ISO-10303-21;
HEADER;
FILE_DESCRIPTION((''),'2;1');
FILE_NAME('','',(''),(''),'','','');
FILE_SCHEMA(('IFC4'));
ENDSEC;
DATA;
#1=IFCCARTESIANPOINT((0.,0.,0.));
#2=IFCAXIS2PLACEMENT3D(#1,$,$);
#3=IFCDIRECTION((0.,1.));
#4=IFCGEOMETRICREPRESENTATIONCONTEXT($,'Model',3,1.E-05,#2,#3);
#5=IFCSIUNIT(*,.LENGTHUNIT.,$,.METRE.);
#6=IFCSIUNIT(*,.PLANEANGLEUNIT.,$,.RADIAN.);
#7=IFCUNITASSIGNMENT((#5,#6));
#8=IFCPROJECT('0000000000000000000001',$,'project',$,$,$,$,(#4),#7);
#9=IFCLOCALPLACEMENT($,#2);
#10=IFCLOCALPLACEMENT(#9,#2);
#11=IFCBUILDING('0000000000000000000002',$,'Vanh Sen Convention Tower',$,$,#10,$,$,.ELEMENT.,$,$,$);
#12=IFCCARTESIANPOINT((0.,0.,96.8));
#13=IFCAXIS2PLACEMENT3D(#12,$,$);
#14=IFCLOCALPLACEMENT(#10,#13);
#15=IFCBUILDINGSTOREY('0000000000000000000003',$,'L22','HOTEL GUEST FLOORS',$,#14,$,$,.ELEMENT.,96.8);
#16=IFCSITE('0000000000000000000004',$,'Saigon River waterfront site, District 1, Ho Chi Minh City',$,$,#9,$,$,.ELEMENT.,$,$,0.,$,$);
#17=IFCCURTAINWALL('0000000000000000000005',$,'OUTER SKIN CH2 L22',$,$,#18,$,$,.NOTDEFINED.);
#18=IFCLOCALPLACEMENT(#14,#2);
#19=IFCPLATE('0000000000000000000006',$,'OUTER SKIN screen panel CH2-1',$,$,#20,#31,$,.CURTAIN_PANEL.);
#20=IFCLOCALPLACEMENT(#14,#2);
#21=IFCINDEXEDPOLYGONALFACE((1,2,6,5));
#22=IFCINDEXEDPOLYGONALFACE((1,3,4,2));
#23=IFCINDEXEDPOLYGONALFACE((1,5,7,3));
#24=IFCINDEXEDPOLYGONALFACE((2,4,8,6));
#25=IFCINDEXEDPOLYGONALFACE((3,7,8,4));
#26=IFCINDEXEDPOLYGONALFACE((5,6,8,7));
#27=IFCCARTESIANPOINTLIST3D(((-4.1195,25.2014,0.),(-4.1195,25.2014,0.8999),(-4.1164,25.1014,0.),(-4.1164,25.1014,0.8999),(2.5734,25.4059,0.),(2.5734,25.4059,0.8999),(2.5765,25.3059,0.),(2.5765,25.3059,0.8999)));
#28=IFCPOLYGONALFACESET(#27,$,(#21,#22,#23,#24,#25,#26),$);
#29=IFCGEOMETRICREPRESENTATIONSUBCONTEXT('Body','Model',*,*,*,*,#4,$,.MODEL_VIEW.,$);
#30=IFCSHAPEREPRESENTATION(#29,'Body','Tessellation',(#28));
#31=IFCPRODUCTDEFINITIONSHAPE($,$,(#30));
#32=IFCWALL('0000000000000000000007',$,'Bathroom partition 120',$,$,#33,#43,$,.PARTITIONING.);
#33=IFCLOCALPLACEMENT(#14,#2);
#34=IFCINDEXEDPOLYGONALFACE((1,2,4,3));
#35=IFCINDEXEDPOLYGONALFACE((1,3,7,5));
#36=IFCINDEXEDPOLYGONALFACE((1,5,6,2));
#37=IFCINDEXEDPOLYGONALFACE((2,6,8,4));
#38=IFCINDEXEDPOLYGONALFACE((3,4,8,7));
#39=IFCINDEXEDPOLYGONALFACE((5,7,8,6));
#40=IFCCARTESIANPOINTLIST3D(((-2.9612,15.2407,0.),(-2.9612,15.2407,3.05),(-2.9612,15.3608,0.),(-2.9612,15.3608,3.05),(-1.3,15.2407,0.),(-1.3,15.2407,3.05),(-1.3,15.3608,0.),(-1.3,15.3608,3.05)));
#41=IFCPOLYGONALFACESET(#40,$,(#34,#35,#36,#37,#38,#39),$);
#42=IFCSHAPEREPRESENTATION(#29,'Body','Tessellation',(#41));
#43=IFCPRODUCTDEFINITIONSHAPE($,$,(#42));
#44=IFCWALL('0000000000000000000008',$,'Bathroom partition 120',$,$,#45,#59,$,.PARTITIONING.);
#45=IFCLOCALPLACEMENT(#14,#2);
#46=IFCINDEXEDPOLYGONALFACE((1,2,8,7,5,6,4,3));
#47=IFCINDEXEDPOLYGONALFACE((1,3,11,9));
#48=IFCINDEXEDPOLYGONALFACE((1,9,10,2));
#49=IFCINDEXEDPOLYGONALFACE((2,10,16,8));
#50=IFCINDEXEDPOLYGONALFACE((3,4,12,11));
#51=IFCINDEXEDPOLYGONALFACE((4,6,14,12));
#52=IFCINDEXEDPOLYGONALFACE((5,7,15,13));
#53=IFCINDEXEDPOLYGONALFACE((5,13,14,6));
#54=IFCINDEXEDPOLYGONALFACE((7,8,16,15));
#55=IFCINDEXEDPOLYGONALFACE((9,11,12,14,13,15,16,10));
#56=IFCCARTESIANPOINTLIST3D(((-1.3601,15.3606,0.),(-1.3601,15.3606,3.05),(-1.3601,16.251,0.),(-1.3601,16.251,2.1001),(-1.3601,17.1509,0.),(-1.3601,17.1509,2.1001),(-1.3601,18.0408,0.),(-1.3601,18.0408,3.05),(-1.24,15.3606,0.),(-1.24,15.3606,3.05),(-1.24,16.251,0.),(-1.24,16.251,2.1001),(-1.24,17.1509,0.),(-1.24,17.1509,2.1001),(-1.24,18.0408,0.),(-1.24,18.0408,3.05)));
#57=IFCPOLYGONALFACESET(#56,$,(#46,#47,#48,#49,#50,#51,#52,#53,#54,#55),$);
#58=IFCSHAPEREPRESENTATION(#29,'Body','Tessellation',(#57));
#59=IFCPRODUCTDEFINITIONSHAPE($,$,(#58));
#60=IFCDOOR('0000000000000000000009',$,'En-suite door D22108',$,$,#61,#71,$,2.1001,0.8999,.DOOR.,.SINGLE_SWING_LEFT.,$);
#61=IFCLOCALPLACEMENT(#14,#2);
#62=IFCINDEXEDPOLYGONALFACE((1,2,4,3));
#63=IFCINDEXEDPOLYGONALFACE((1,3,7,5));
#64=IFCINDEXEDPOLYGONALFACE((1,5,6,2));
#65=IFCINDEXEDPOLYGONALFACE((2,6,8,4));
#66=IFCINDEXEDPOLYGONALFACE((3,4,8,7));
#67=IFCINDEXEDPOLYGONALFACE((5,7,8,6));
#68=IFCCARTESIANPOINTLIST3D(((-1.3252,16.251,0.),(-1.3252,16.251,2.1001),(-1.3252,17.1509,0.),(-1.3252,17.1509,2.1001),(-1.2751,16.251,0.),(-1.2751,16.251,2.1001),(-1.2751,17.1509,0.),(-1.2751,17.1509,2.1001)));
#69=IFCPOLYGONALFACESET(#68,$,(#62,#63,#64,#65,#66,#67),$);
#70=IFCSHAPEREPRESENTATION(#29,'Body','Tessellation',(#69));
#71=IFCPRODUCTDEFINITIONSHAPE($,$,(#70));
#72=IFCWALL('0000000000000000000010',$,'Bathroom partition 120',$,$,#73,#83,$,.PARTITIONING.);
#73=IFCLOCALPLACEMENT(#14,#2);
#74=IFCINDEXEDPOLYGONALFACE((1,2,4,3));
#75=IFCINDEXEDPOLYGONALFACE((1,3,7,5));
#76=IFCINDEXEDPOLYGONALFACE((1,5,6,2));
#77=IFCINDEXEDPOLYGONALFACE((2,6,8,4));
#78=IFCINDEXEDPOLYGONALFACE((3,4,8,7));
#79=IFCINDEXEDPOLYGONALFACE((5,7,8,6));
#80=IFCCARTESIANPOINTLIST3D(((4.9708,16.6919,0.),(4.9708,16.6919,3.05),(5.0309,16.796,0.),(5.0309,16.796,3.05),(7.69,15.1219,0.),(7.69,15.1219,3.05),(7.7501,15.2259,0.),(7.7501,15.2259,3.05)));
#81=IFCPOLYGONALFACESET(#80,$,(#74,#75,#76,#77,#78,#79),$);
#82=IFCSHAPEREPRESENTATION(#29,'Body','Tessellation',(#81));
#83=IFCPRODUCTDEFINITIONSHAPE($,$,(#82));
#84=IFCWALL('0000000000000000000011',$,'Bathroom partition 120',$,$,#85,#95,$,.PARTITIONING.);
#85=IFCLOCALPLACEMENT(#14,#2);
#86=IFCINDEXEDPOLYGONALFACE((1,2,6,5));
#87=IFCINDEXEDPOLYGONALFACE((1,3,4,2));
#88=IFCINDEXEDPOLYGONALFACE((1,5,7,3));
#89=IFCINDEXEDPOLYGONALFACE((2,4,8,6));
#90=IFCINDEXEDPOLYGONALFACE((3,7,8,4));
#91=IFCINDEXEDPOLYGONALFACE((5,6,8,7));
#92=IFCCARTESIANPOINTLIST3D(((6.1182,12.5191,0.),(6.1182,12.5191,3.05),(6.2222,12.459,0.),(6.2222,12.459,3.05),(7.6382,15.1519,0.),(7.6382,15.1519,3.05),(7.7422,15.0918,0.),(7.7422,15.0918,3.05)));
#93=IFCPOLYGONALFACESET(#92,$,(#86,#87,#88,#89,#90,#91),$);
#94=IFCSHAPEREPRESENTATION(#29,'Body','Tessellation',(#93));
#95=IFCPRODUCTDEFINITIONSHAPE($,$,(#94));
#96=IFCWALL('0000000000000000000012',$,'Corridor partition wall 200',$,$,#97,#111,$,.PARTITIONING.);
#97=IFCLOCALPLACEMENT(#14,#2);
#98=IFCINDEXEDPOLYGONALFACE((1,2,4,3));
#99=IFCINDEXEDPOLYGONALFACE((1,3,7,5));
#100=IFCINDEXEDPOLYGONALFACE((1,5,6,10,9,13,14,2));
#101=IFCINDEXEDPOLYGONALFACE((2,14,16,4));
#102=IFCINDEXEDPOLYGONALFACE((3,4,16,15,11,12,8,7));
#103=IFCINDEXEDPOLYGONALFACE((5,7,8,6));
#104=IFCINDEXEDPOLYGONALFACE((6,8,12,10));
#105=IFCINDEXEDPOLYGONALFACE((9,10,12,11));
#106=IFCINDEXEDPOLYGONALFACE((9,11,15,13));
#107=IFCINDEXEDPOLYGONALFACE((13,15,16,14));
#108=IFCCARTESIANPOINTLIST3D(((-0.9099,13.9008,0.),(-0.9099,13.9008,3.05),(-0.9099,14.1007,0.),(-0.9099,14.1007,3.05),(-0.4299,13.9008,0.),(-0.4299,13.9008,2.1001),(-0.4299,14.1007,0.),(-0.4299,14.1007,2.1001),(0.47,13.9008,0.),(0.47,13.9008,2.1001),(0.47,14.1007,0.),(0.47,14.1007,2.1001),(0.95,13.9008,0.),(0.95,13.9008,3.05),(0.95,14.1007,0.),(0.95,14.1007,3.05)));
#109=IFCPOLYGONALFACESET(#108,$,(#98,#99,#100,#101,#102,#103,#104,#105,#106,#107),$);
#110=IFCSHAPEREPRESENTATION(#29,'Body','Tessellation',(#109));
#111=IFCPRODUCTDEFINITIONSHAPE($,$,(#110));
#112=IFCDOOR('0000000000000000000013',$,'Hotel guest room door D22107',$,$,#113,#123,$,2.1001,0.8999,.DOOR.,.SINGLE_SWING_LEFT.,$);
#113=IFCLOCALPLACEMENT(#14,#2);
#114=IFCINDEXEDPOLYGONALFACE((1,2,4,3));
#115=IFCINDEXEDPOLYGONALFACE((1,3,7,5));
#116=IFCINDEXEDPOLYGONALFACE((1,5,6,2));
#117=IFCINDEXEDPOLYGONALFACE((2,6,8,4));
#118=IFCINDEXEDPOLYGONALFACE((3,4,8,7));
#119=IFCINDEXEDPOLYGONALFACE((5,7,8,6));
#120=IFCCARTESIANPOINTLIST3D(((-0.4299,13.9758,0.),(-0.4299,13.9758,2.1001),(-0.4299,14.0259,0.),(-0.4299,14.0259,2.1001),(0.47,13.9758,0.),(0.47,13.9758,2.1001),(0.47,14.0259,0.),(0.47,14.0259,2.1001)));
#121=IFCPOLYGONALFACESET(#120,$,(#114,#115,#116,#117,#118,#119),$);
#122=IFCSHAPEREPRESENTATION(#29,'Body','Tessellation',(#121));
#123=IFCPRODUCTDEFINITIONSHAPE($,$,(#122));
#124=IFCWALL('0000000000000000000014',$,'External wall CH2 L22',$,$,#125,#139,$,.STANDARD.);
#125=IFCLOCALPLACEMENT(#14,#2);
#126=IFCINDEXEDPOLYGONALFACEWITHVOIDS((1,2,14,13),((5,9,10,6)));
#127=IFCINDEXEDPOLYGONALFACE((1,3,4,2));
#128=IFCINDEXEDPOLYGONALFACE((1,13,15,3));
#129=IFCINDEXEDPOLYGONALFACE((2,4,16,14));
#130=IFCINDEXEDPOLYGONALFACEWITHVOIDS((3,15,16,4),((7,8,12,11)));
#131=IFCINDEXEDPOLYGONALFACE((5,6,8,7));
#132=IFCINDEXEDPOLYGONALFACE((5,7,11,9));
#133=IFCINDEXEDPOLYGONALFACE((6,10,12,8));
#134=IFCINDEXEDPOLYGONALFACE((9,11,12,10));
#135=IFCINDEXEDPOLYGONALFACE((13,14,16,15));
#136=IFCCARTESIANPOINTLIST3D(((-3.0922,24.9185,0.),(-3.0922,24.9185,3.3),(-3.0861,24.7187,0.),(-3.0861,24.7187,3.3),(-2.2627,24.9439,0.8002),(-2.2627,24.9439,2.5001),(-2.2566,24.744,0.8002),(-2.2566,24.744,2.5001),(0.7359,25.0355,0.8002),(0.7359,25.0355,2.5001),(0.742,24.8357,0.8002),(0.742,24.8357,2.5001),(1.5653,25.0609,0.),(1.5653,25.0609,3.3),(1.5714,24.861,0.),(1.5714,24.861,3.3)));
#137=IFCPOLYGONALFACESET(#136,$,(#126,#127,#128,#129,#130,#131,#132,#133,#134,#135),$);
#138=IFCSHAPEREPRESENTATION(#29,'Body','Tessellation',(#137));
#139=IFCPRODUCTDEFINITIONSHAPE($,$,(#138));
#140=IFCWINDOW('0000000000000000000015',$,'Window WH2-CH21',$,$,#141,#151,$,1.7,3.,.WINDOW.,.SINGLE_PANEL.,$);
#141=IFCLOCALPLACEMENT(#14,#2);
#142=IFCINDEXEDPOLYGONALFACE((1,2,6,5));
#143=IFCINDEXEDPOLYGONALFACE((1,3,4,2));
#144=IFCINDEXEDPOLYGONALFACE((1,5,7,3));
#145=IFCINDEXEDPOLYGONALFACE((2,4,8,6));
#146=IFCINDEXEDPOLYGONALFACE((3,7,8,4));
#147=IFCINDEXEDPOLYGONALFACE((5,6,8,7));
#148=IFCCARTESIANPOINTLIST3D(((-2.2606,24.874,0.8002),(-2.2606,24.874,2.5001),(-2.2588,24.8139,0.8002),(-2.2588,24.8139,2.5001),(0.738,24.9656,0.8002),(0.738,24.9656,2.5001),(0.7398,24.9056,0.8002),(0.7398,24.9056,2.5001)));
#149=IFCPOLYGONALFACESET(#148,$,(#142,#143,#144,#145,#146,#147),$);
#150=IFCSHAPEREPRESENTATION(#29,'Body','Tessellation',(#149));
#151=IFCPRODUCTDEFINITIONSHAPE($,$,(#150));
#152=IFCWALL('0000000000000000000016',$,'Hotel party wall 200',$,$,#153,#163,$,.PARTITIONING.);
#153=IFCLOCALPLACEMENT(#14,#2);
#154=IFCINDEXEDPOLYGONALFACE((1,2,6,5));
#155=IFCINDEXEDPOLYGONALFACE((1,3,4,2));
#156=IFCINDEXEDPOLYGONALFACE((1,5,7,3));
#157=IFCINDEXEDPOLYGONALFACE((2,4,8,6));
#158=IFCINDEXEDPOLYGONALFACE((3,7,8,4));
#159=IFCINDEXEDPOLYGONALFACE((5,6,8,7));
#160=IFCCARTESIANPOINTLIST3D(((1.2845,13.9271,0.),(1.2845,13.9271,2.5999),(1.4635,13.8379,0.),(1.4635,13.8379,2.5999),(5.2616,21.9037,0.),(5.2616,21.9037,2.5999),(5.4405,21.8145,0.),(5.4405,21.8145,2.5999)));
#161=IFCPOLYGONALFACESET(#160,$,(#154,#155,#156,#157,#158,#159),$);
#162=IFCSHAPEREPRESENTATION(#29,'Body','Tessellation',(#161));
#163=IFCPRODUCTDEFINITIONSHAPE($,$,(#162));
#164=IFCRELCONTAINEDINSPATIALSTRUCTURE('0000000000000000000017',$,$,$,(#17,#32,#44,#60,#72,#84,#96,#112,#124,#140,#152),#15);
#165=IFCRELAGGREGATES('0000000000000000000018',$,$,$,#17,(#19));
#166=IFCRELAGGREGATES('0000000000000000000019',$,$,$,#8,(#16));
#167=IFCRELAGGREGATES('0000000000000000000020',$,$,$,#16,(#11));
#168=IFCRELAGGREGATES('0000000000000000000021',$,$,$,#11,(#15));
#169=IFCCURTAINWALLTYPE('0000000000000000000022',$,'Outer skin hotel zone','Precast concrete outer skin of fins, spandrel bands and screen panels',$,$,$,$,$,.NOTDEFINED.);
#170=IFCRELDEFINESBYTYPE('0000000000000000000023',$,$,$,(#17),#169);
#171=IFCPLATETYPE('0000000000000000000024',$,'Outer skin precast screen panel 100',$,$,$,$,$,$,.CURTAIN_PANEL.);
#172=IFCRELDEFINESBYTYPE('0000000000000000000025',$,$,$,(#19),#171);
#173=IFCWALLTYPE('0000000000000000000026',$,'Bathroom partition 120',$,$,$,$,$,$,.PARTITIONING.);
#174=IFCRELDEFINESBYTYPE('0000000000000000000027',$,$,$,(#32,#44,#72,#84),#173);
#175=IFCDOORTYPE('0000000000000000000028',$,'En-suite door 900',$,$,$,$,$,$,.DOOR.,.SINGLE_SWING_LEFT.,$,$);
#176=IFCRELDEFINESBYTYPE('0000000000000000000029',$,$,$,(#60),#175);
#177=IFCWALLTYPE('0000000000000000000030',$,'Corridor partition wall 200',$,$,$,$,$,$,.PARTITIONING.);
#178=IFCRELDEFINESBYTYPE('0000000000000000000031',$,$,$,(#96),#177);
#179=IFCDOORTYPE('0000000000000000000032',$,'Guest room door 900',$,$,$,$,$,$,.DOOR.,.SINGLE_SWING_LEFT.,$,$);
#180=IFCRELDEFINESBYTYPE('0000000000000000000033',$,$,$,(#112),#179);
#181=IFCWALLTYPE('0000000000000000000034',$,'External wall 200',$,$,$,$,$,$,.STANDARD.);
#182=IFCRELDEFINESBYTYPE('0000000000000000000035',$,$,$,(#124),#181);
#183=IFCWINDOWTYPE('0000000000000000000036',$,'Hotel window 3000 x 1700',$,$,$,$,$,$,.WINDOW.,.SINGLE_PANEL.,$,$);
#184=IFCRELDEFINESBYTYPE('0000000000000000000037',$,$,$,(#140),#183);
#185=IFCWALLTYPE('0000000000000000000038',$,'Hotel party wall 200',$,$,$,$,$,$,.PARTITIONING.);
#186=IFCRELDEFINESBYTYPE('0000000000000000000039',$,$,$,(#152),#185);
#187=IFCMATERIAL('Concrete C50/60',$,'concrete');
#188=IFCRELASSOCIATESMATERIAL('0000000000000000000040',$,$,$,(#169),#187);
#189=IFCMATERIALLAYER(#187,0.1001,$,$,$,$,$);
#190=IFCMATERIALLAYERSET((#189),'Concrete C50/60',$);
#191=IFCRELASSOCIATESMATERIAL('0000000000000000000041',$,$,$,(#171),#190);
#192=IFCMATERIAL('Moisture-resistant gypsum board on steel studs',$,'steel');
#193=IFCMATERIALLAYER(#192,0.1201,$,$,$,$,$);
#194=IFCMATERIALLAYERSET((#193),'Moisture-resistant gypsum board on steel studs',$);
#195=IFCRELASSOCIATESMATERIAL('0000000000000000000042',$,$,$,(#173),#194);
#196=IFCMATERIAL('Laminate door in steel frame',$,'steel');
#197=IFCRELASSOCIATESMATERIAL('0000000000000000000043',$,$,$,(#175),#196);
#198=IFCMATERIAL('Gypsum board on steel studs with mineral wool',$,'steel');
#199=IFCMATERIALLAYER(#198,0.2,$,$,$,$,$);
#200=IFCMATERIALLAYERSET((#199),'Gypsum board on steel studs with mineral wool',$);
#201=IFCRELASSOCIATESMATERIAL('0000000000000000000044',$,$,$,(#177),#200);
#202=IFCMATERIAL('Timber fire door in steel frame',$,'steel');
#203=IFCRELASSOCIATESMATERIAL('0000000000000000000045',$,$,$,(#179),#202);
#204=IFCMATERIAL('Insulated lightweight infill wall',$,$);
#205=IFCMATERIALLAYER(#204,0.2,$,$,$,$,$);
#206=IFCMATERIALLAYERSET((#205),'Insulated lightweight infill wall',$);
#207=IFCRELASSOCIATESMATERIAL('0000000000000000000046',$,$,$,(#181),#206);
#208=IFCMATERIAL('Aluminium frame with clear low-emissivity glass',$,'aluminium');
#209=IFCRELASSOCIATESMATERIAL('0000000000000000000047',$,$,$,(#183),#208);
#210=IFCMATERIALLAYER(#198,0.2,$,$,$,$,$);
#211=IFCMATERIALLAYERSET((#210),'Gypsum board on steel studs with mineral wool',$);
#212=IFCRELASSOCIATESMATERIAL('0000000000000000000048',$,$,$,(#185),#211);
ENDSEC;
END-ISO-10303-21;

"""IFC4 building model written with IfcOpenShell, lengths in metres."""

from ifc_helpers import new_model, si_unit, direction, frame, frame_2d, origin, origin_2d, place, context, subcontext, project, spatial, rectangle, extrude, material, layer, layer_set, type_object, element, fill, aggregate, save


model = new_model("IFC4")

# Units and contexts
model_context = context("Model", 3, precision=1e-05, world=origin(), true_north=direction((0.0, 1.0)))
body_context = subcontext(model_context, "Body", "Model", "MODEL_VIEW")
ifc_project = project(units=[si_unit("LENGTHUNIT", "METRE"), si_unit("PLANEANGLEUNIT", "RADIAN")], contexts=[model_context])

# Site, building, storey
site_placement = place(None, origin())
site = spatial("IfcSite", under=ifc_project, at=site_placement, Name="Saigon River waterfront site, District 1, Ho Chi Minh City", CompositionType="ELEMENT", RefElevation=0.0)
building_placement = place(site_placement, origin())
building = spatial("IfcBuilding", under=site, at=building_placement, Name="Vanh Sen Convention Tower", CompositionType="ELEMENT")
storey_placement = place(building_placement, frame((0.0, 0.0, 96.8)))
storey = spatial("IfcBuildingStorey", under=building, at=storey_placement, Name="L22", Description="HOTEL GUEST FLOORS", CompositionType="ELEMENT", Elevation=96.8)

# Shared definitions
ifc_material_1 = material(Name="Concrete C50/60", Category="concrete")
curtain_wall_type = type_object("IfcCurtainWallType", Name="Outer skin hotel zone", Description="Precast concrete outer skin of fins, spandrel bands and screen panels", PredefinedType="NOTDEFINED", material=ifc_material_1)

# Curtain wall
curtain_wall_1_placement = place(storey_placement, origin())
curtain_wall_1 = element("IfcCurtainWall", 1, at=curtain_wall_1_placement, inside=storey, type_object=curtain_wall_type, Name="OUTER SKIN CH2 L22", PredefinedType="NOTDEFINED")

# Plate
ifc_layer_1 = layer(ifc_material_1, 0.1001)
ifc_layer_set_1 = layer_set([ifc_layer_1], Name="Concrete C50/60")
plate_type = type_object("IfcPlateType", Name="Outer skin precast screen panel 100", PredefinedType="CURTAIN_PANEL", material=ifc_layer_set_1)
plate_1_placement = place(storey_placement, frame((-0.7715, 25.2537, 0.0), z_axis=(0.0, 0.0, 1.0), x_axis=(-0.999534, -0.030537, 0.0)))
plate_1 = element("IfcPlate", 2, at=plate_1_placement, type_object=plate_type, Name="OUTER SKIN screen panel CH2-1", PredefinedType="CURTAIN_PANEL", context=body_context, shape_type="SweptSolid", body=[
    extrude(rectangle(XDim=6.696, YDim=0.1001, at=origin_2d()), origin(), (0.0, 0.0, 1.0), 0.8999),
])
aggregate(curtain_wall_1, [plate_1])

# Wall
ifc_material_2 = material(Name="Moisture-resistant gypsum board on steel studs", Category="steel")
ifc_layer_2 = layer(ifc_material_2, 0.1201)
ifc_layer_set_2 = layer_set([ifc_layer_2], Name="Moisture-resistant gypsum board on steel studs")
wall_type_1 = type_object("IfcWallType", Name="Bathroom partition 120", PredefinedType="PARTITIONING", material=ifc_layer_set_2)
wall_1_placement = place(storey_placement, frame((-1.3, 15.3008, 0.0), z_axis=(0.0, 0.0, 1.0), x_axis=(-1.0, 0.0, 0.0)))
element("IfcWall", 3, at=wall_1_placement, inside=storey, type_object=wall_type_1, Name="Bathroom partition 120", PredefinedType="PARTITIONING", context=body_context, shape_type="SweptSolid", body=[
    extrude(rectangle(XDim=1.6611, YDim=0.1201, at=frame_2d((0.8306, 0.0))), origin(), (0.0, 0.0, 1.0), 3.05),
])

# Wall, opening, door
wall_2_placement = place(storey_placement, frame((-1.3, 18.0408, 0.0), z_axis=(0.0, 0.0, 1.0), x_axis=(0.0, -1.0, 0.0)))
wall_2 = element("IfcWall", 4, at=wall_2_placement, inside=storey, type_object=wall_type_1, Name="Bathroom partition 120", PredefinedType="PARTITIONING", context=body_context, shape_type="SweptSolid", body=[
    extrude(rectangle(XDim=2.6802, YDim=0.1201, at=frame_2d((1.3401, 0.0))), origin(), (0.0, 0.0, 1.0), 3.05),
])
opening_1_placement = place(wall_2_placement, frame((0.8899, 0.0, 0.0)))
opening_1 = element("IfcOpeningElement", 5, at=opening_1_placement, cuts=wall_2, PredefinedType="OPENING", context=body_context, shape_type="SweptSolid", body=[
    extrude(rectangle(XDim=0.8999, YDim=2.1001, at=frame_2d((0.45, 1.05))), frame((0.0, 0.0701, 0.0), z_axis=(0.0, -1.0, 0.0), x_axis=(1.0, 0.0, 0.0)), (0.0, 0.0, 1.0), 0.1401),
])
ifc_material_3 = material(Name="Laminate door in steel frame", Category="steel")
door_type_1 = type_object("IfcDoorType", Name="En-suite door 900", OperationType="SINGLE_SWING_LEFT", PredefinedType="DOOR", material=ifc_material_3)
door_1_placement = place(opening_1_placement, origin())
door_1 = element("IfcDoor", 6, at=door_1_placement, inside=storey, type_object=door_type_1, Name="En-suite door D22108", OperationType="SINGLE_SWING_LEFT", OverallHeight=2.1001, OverallWidth=0.8999, PredefinedType="DOOR", context=body_context, shape_type="SweptSolid", body=[
    extrude(rectangle(XDim=0.8999, YDim=2.1001, at=frame_2d((0.45, 1.05))), frame((0.0, 0.0249, 0.0), z_axis=(0.0, -1.0, 0.0), x_axis=(1.0, 0.0, 0.0)), (0.0, 0.0, 1.0), 0.05),
])
fill(opening_1, door_1)

# Walls
wall_3_placement = place(storey_placement, frame((5.001, 16.7439, 0.0), z_axis=(0.0, 0.0, 1.0), x_axis=(0.866009, -0.500028, 0.0)))
element("IfcWall", 7, at=wall_3_placement, inside=storey, type_object=wall_type_1, Name="Bathroom partition 120", PredefinedType="PARTITIONING", context=body_context, shape_type="SweptSolid", body=[
    extrude(rectangle(XDim=3.1399, YDim=0.1201, at=frame_2d((1.5698, 0.0))), origin(), (0.0, 0.0, 1.0), 3.05),
])
wall_4_placement = place(storey_placement, frame((7.6902, 15.1218, 0.0), z_axis=(0.0, 0.0, 1.0), x_axis=(-0.499991, -0.86603, 0.0)))
element("IfcWall", 8, at=wall_4_placement, inside=storey, type_object=wall_type_1, Name="Bathroom partition 120", PredefinedType="PARTITIONING", context=body_context, shape_type="SweptSolid", body=[
    extrude(rectangle(XDim=3.04, YDim=0.1201, at=frame_2d((1.52, 0.0))), origin(), (0.0, 0.0, 1.0), 3.05),
])

# Wall, opening, door
ifc_material_4 = material(Name="Gypsum board on steel studs with mineral wool", Category="steel")
ifc_layer_3 = layer(ifc_material_4, 0.2)
ifc_layer_set_3 = layer_set([ifc_layer_3], Name="Gypsum board on steel studs with mineral wool")
wall_type_2 = type_object("IfcWallType", Name="Corridor partition wall 200", PredefinedType="PARTITIONING", material=ifc_layer_set_3)
wall_5_placement = place(storey_placement, frame((0.95, 14.0007, 0.0), z_axis=(0.0, 0.0, 1.0), x_axis=(-1.0, 0.0, 0.0)))
wall_5 = element("IfcWall", 9, at=wall_5_placement, inside=storey, type_object=wall_type_2, Name="Corridor partition wall 200", PredefinedType="PARTITIONING", context=body_context, shape_type="SweptSolid", body=[
    extrude(rectangle(XDim=1.8599, YDim=0.2, at=frame_2d((0.9299, 0.0))), origin(), (0.0, 0.0, 1.0), 3.05),
])
opening_2_placement = place(wall_5_placement, frame((0.48, 0.0, 0.0)))
opening_2 = element("IfcOpeningElement", 10, at=opening_2_placement, cuts=wall_5, PredefinedType="OPENING", context=body_context, shape_type="SweptSolid", body=[
    extrude(rectangle(XDim=0.8999, YDim=2.1001, at=frame_2d((0.45, 1.05))), frame((0.0, 0.1099, 0.0), z_axis=(0.0, -1.0, 0.0), x_axis=(1.0, 0.0, 0.0)), (0.0, 0.0, 1.0), 0.22),
])
ifc_material_5 = material(Name="Timber fire door in steel frame", Category="steel")
door_type_2 = type_object("IfcDoorType", Name="Guest room door 900", OperationType="SINGLE_SWING_LEFT", PredefinedType="DOOR", material=ifc_material_5)
door_2_placement = place(opening_2_placement, origin())
door_2 = element("IfcDoor", 11, at=door_2_placement, inside=storey, type_object=door_type_2, Name="Hotel guest room door D22107", OperationType="SINGLE_SWING_LEFT", OverallHeight=2.1001, OverallWidth=0.8999, PredefinedType="DOOR", context=body_context, shape_type="SweptSolid", body=[
    extrude(rectangle(XDim=0.8999, YDim=2.1001, at=frame_2d((0.45, 1.05))), frame((0.0, 0.0249, 0.0), z_axis=(0.0, -1.0, 0.0), x_axis=(1.0, 0.0, 0.0)), (0.0, 0.0, 1.0), 0.05),
])
fill(opening_2, door_2)

# Wall, opening, window
ifc_material_6 = material(Name="Insulated lightweight infill wall")
ifc_layer_4 = layer(ifc_material_6, 0.2)
ifc_layer_set_4 = layer_set([ifc_layer_4], Name="Insulated lightweight infill wall")
wall_type_3 = type_object("IfcWallType", Name="External wall 200", PredefinedType="STANDARD", material=ifc_layer_set_4)
wall_6_placement = place(storey_placement, frame((1.5684, 24.9609, 0.0), z_axis=(0.0, 0.0, 1.0), x_axis=(-0.999533, -0.030546, 0.0)))
wall_6 = element("IfcWall", 12, at=wall_6_placement, inside=storey, type_object=wall_type_3, Name="External wall CH2 L22", PredefinedType="STANDARD", context=body_context, shape_type="SweptSolid", body=[
    extrude(rectangle(XDim=4.6597, YDim=0.2, at=frame_2d((2.3298, 0.0))), origin(), (0.0, 0.0, 1.0), 3.3),
])
opening_3_placement = place(wall_6_placement, frame((0.8298, 0.0, 0.8)))
opening_3 = element("IfcOpeningElement", 13, at=opening_3_placement, cuts=wall_6, PredefinedType="OPENING", context=body_context, shape_type="SweptSolid", body=[
    extrude(rectangle(XDim=3.0, YDim=1.7, at=frame_2d((1.5, 0.8501))), frame((0.0, 0.1099, 0.0), z_axis=(0.0, -1.0, 0.0), x_axis=(1.0, 0.0, 0.0)), (0.0, 0.0, 1.0), 0.22),
])
ifc_material_7 = material(Name="Aluminium frame with clear low-emissivity glass", Category="aluminium")
window_type = type_object("IfcWindowType", Name="Hotel window 3000 x 1700", PartitioningType="SINGLE_PANEL", PredefinedType="WINDOW", material=ifc_material_7)
window_placement = place(opening_3_placement, origin())
window = element("IfcWindow", 14, at=window_placement, inside=storey, type_object=window_type, Name="Window WH2-CH21", OverallHeight=1.7, OverallWidth=3.0, PartitioningType="SINGLE_PANEL", PredefinedType="WINDOW", context=body_context, shape_type="SweptSolid", body=[
    extrude(rectangle(XDim=3.0, YDim=1.7, at=frame_2d((1.5, 0.8501))), frame((0.0, 0.03, 0.0), z_axis=(0.0, -1.0, 0.0), x_axis=(1.0, 0.0, 0.0)), (0.0, 0.0, 1.0), 0.0601),
])
fill(opening_3, window)

# Wall
ifc_layer_5 = layer(ifc_material_4, 0.2)
ifc_layer_set_5 = layer_set([ifc_layer_5], Name="Gypsum board on steel studs with mineral wool")
wall_type_4 = type_object("IfcWallType", Name="Hotel party wall 200", PredefinedType="PARTITIONING", material=ifc_layer_set_5)
wall_7_placement = place(storey_placement, frame((5.3511, 21.8591, 0.0), z_axis=(0.0, 0.0, 1.0), x_axis=(-0.446205, -0.894931, 0.0)))
element("IfcWall", 15, at=wall_7_placement, inside=storey, type_object=wall_type_4, Name="Hotel party wall 200", PredefinedType="PARTITIONING", context=body_context, shape_type="SweptSolid", body=[
    extrude(rectangle(XDim=8.9131, YDim=0.2, at=frame_2d((4.4565, 0.0))), origin(), (0.0, 0.0, 1.0), 2.5999),
])

save(model, "model.ifc")
